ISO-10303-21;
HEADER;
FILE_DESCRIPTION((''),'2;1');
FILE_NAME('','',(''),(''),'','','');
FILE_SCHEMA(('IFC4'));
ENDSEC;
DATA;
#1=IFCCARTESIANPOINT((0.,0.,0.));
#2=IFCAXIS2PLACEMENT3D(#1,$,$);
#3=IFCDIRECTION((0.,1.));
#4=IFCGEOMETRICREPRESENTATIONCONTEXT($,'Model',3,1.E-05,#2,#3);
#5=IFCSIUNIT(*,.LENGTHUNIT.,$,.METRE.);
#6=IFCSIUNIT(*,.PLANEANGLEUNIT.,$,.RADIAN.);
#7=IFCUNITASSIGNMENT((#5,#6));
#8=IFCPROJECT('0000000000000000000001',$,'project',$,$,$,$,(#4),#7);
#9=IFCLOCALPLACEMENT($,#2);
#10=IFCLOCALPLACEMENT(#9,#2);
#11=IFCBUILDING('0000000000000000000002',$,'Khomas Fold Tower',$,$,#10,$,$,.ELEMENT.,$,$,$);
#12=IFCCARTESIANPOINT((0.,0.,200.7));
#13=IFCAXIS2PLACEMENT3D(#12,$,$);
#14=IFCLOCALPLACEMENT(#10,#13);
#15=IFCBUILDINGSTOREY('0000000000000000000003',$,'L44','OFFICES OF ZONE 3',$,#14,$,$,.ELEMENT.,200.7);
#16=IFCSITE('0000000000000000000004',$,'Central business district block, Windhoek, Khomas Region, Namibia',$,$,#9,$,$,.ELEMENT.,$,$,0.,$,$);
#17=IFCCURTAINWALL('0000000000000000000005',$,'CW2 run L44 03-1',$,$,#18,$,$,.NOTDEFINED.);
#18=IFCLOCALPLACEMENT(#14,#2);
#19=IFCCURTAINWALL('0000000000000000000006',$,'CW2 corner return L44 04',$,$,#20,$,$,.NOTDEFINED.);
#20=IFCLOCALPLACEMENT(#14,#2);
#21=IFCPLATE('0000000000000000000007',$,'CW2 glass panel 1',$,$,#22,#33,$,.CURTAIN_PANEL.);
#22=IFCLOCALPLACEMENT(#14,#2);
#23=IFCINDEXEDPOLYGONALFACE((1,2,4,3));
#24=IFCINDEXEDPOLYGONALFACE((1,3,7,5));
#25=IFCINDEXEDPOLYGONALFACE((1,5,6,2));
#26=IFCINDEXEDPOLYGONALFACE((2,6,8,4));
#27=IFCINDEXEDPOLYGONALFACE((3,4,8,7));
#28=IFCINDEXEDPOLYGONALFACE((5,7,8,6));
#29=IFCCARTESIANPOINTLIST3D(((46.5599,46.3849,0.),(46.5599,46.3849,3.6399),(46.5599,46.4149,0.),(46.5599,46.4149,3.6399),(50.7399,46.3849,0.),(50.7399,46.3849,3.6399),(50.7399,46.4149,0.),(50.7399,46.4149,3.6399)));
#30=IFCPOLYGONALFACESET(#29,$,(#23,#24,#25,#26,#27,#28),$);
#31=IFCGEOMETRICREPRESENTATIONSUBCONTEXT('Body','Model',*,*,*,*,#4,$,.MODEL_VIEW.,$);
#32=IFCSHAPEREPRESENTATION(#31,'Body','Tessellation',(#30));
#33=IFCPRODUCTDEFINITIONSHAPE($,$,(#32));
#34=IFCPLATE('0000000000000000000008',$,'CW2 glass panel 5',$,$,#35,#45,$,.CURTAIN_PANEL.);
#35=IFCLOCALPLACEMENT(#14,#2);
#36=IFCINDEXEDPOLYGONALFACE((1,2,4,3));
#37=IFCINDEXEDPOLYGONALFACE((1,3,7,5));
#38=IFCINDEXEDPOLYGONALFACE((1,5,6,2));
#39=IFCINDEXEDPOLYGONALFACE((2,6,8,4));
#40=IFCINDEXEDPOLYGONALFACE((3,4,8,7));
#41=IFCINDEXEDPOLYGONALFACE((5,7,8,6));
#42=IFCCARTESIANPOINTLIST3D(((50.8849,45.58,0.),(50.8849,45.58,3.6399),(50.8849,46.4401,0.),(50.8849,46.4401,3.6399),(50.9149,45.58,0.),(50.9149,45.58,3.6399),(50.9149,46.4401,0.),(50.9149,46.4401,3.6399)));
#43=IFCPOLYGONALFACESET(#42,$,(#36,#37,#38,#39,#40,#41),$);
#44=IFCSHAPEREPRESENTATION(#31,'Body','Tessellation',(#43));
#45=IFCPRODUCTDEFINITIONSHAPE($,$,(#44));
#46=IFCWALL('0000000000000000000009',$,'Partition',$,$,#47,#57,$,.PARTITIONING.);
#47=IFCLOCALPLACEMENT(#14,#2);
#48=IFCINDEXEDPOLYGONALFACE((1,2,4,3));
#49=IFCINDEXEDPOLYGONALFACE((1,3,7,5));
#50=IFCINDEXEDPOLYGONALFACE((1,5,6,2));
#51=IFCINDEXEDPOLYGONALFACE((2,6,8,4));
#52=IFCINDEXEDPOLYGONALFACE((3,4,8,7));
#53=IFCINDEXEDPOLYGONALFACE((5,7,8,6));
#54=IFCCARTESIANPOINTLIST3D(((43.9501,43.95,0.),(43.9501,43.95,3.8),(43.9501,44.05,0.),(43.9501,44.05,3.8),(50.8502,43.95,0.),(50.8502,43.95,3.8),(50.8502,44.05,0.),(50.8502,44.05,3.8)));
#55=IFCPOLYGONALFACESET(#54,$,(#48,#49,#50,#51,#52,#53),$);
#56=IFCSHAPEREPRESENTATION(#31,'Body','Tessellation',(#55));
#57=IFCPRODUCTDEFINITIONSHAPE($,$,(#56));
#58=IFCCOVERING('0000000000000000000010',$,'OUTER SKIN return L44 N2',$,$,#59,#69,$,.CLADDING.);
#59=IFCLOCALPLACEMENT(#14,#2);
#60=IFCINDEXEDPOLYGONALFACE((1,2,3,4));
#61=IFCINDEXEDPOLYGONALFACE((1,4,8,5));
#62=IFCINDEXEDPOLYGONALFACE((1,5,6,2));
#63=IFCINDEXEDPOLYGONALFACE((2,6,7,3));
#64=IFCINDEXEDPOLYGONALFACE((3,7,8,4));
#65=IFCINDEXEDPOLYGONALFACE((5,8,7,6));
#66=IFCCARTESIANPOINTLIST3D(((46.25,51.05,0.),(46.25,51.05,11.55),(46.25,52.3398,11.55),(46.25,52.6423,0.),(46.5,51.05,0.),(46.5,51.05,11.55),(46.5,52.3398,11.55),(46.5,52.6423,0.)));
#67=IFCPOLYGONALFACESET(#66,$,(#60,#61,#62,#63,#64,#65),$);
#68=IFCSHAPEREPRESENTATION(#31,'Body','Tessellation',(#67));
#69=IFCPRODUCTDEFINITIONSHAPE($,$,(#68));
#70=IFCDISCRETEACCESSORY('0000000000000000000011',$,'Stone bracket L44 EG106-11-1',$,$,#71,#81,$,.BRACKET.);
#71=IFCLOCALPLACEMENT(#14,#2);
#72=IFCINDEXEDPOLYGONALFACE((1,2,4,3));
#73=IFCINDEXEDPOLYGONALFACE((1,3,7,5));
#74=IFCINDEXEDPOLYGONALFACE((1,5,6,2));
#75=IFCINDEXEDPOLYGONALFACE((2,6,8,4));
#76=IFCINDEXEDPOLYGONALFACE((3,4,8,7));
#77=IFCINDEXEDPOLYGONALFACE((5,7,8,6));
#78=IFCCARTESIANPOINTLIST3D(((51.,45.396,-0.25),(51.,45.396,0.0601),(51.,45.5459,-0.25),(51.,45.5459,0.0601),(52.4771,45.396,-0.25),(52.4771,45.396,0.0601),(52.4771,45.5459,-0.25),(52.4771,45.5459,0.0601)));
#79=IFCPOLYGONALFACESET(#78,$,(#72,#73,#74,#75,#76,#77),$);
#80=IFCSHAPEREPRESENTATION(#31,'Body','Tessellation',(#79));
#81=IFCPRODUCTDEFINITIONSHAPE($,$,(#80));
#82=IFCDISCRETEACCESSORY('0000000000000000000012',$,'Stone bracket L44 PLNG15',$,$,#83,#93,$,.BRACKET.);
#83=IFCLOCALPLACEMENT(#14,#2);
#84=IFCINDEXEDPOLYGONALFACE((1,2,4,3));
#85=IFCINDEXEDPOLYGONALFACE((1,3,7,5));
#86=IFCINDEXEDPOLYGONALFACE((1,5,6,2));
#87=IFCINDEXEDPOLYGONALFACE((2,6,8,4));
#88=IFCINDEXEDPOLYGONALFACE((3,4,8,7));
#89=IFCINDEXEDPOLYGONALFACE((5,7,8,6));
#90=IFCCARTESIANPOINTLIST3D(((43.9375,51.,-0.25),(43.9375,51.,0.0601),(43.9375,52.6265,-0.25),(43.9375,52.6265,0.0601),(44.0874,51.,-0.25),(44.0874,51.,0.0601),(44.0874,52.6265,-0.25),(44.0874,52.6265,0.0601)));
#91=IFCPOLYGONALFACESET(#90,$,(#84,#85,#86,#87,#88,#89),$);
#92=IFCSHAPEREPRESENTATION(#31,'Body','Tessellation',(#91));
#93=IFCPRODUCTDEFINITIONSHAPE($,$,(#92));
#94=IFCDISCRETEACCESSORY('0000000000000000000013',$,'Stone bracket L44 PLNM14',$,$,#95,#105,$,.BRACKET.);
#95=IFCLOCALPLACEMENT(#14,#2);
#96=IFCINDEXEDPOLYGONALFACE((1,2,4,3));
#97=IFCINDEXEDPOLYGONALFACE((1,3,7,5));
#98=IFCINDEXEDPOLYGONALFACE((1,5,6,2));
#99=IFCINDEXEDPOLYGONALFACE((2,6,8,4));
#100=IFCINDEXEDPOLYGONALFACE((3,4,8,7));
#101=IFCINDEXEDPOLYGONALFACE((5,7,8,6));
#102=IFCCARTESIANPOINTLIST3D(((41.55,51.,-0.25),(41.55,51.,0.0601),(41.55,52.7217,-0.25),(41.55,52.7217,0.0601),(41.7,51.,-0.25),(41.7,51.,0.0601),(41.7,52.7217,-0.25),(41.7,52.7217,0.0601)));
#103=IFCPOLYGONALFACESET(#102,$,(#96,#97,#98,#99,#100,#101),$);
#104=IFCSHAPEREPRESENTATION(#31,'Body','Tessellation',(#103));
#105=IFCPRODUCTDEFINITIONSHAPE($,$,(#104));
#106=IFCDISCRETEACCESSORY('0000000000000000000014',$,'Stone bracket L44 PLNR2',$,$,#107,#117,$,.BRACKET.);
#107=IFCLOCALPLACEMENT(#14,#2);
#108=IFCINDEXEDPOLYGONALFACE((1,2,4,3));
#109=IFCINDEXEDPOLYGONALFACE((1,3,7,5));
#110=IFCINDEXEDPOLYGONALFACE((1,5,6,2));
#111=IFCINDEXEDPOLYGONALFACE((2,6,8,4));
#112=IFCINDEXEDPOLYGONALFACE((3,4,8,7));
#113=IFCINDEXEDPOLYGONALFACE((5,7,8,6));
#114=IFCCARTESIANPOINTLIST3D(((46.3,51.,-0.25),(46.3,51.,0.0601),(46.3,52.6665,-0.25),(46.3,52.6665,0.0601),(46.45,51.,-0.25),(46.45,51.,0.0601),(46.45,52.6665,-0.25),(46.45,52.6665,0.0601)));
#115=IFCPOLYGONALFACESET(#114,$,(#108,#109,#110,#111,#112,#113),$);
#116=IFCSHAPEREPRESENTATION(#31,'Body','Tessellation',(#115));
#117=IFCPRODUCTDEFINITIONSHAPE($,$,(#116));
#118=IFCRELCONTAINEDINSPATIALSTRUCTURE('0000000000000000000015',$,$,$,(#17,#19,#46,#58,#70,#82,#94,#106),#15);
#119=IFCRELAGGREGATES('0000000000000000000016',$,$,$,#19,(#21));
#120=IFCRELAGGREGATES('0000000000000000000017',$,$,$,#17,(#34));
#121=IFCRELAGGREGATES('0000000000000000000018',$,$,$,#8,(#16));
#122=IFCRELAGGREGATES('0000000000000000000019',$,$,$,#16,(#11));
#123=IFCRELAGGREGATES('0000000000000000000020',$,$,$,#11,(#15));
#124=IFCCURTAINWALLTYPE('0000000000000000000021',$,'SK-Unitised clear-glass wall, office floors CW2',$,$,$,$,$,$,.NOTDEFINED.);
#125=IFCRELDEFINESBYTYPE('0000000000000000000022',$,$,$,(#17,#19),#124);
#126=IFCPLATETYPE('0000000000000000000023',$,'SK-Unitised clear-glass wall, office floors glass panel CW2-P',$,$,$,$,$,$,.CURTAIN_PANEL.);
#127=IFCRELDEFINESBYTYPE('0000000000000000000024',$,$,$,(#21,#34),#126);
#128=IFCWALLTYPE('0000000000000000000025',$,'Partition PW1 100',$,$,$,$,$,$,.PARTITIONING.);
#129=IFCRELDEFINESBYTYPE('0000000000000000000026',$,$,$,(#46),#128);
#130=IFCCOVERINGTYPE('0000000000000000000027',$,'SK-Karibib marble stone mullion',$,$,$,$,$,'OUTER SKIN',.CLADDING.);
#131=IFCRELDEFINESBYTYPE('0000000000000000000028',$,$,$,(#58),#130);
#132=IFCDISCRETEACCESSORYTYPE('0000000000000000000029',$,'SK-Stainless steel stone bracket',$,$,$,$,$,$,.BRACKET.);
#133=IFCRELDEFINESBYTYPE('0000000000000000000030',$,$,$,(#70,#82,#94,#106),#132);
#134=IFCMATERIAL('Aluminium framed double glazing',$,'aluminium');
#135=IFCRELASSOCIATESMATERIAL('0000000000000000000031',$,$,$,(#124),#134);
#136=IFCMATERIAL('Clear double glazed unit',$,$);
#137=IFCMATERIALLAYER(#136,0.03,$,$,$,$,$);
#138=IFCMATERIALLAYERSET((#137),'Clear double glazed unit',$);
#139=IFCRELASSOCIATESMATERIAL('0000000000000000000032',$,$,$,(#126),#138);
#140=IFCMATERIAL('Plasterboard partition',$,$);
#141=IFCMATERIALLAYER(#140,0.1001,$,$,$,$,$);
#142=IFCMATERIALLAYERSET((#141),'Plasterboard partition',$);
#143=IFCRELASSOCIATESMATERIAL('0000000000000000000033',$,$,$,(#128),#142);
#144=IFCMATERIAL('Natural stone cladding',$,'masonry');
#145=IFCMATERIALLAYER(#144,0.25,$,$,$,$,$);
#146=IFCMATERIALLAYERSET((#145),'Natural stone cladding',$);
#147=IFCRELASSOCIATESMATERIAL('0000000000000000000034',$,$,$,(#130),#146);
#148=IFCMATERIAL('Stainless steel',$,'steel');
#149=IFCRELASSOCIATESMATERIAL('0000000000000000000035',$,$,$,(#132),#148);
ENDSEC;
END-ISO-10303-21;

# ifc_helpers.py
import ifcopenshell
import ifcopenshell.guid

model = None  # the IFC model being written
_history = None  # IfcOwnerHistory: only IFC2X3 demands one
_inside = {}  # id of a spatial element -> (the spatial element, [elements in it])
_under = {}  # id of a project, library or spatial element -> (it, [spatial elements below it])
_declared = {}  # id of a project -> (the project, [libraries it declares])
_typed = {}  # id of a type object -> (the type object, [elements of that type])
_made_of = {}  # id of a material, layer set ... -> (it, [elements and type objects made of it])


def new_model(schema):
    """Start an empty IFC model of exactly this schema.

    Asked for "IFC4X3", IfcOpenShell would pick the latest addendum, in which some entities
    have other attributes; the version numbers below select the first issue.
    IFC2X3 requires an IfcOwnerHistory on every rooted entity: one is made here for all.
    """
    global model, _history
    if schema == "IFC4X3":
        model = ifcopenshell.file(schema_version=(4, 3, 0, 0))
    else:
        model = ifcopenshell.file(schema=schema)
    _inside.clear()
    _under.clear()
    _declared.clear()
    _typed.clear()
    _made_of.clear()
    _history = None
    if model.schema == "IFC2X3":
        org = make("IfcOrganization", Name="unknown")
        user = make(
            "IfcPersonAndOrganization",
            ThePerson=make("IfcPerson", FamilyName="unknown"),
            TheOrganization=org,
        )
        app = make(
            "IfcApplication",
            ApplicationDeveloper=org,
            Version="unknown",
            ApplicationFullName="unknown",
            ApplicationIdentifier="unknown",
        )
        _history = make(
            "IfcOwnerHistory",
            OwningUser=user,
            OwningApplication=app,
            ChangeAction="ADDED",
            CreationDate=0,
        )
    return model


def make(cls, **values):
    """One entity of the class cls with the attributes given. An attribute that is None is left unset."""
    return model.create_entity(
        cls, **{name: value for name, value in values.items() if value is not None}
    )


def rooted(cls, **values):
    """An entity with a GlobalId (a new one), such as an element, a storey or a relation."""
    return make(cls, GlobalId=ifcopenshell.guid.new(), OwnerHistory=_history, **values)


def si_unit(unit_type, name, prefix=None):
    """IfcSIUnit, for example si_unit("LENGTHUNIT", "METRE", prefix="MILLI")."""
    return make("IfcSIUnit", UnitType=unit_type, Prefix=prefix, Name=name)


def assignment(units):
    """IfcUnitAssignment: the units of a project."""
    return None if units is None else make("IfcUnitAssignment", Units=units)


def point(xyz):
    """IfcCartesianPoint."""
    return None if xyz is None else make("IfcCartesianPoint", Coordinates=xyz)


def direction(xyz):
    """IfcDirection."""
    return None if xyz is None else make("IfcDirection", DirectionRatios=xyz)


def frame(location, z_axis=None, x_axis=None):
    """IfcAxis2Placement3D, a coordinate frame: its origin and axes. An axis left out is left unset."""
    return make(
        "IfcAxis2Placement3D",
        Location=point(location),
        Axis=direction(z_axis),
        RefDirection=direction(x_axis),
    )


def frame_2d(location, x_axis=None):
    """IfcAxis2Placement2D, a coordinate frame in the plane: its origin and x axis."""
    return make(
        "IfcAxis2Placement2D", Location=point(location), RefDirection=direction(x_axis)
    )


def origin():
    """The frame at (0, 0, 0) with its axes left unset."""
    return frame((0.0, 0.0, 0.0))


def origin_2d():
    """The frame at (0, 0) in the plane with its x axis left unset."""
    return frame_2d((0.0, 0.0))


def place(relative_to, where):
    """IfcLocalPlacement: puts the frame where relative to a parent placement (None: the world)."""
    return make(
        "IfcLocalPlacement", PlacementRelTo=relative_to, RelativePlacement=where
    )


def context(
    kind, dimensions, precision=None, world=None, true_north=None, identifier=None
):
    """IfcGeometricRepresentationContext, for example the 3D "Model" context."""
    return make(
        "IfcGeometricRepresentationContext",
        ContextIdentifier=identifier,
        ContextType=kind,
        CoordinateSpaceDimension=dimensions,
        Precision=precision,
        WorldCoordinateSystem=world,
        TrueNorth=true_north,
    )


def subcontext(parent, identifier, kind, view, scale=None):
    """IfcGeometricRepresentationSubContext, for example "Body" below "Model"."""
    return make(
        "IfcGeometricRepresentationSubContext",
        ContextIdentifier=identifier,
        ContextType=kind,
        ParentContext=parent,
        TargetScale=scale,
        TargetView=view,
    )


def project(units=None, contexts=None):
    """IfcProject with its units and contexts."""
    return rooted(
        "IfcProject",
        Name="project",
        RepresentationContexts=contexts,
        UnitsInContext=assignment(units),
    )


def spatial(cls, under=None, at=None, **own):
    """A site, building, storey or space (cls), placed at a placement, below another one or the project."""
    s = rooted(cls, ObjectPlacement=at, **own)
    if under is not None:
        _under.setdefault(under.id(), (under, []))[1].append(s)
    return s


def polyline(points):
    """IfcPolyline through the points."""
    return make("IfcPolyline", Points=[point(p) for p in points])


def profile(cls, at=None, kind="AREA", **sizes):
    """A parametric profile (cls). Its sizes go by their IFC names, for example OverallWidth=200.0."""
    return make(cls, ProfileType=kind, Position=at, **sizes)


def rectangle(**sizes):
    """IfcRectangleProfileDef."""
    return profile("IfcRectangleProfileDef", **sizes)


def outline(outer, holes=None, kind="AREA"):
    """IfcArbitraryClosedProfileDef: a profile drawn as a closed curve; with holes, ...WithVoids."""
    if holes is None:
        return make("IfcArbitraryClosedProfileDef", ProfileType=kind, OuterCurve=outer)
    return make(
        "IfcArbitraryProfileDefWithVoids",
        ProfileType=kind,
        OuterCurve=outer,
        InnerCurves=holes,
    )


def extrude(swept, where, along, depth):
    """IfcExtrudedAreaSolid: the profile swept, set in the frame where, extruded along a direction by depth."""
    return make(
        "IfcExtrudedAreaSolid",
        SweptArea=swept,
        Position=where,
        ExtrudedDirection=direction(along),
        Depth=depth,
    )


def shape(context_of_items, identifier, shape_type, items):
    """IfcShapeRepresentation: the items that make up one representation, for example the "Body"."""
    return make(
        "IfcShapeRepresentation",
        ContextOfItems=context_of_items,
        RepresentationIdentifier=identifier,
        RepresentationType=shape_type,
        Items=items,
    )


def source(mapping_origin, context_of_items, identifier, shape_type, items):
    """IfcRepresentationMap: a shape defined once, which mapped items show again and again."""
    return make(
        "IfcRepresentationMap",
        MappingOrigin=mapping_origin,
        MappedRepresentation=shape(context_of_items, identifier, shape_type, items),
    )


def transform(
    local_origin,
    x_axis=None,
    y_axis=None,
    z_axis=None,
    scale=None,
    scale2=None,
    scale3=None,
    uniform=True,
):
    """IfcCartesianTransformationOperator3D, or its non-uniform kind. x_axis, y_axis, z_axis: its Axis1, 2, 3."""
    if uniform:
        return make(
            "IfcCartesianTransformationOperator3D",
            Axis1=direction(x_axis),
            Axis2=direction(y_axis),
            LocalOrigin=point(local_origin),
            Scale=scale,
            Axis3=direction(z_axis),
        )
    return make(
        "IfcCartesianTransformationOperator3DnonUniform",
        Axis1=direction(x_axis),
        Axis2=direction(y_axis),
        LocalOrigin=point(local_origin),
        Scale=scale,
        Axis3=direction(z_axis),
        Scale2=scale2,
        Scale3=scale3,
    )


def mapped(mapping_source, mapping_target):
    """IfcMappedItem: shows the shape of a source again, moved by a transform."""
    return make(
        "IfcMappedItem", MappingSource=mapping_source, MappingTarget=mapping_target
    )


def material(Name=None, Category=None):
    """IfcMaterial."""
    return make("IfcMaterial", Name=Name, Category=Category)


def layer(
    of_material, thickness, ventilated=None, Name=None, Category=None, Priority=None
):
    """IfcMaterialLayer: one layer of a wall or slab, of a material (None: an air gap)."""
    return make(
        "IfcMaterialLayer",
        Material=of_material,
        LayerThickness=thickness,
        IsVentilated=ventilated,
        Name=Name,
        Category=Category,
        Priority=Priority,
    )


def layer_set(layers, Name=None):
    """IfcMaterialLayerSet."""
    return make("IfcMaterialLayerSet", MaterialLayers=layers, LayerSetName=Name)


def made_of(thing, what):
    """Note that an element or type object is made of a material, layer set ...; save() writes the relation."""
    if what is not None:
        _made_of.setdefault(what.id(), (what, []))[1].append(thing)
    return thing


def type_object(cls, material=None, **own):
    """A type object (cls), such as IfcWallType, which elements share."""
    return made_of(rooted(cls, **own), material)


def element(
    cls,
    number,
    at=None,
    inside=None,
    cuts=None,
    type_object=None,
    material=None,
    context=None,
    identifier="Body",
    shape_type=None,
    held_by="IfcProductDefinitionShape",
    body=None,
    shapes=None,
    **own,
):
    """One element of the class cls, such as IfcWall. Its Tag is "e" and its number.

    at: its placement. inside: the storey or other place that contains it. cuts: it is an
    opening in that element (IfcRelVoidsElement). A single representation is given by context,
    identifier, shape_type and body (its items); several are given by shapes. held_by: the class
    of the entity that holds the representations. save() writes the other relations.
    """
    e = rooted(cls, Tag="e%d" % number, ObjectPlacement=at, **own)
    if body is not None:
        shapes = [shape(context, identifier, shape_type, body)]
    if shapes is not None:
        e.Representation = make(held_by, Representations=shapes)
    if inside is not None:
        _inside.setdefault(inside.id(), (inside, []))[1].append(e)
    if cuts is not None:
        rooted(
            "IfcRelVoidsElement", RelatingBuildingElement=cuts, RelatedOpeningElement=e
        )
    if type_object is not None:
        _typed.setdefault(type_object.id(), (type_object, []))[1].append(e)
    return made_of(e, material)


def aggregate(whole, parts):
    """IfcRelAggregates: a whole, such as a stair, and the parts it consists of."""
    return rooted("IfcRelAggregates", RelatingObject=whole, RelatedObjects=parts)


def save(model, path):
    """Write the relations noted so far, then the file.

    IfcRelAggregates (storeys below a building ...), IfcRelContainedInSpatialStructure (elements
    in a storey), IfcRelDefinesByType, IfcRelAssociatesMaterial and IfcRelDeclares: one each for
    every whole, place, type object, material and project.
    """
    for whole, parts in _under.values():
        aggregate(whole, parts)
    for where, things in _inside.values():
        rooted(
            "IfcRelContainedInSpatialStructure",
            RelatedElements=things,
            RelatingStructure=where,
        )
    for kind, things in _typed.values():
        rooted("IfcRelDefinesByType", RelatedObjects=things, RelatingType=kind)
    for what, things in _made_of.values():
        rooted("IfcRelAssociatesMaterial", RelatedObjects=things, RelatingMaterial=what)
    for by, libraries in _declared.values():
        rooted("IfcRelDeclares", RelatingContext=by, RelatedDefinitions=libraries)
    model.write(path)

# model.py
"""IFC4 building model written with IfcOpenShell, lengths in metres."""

from ifc_helpers import new_model, si_unit, direction, frame, frame_2d, origin, origin_2d, place, context, subcontext, project, spatial, polyline, rectangle, outline, extrude, source, transform, mapped, material, layer, layer_set, type_object, element, aggregate, save


model = new_model("IFC4")

# Units and contexts
model_context = context("Model", 3, precision=1e-05, world=origin(), true_north=direction((0.0, 1.0)))
body_context = subcontext(model_context, "Body", "Model", "MODEL_VIEW")
ifc_project = project(units=[si_unit("LENGTHUNIT", "METRE"), si_unit("PLANEANGLEUNIT", "RADIAN")], contexts=[model_context])

# Site, building, storey
site_placement = place(None, origin())
site = spatial("IfcSite", under=ifc_project, at=site_placement, Name="Central business district block, Windhoek, Khomas Region, Namibia", CompositionType="ELEMENT", RefElevation=0.0)
building_placement = place(site_placement, origin())
building = spatial("IfcBuilding", under=site, at=building_placement, Name="Khomas Fold Tower", CompositionType="ELEMENT")
storey_placement = place(building_placement, frame((0.0, 0.0, 200.7)))
storey = spatial("IfcBuildingStorey", under=building, at=storey_placement, Name="L44", Description="OFFICES OF ZONE 3", CompositionType="ELEMENT", Elevation=200.7)

# Curtain walls
ifc_material_1 = material(Name="Aluminium framed double glazing", Category="aluminium")
curtain_wall_type = type_object("IfcCurtainWallType", Name="SK-Unitised clear-glass wall, office floors CW2", PredefinedType="NOTDEFINED", material=ifc_material_1)
curtain_wall_1_placement = place(storey_placement, origin())
curtain_wall_1 = element("IfcCurtainWall", 1, at=curtain_wall_1_placement, inside=storey, type_object=curtain_wall_type, Name="CW2 run L44 03-1", PredefinedType="NOTDEFINED")
curtain_wall_2_placement = place(storey_placement, origin())
curtain_wall_2 = element("IfcCurtainWall", 2, at=curtain_wall_2_placement, inside=storey, type_object=curtain_wall_type, Name="CW2 corner return L44 04", PredefinedType="NOTDEFINED")

# Plates
ifc_material_2 = material(Name="Clear double glazed unit")
ifc_layer_1 = layer(ifc_material_2, 0.03)
ifc_layer_set_1 = layer_set([ifc_layer_1], Name="Clear double glazed unit")
plate_type_1 = type_object("IfcPlateType", Name="SK-Unitised clear-glass wall, office floors glass panel CW2-P", PredefinedType="CURTAIN_PANEL", material=ifc_layer_set_1)
shared_shape_1 = source(origin(), body_context, "Body", "SweptSolid", [
    extrude(rectangle(XDim=4.1799, YDim=0.03, at=origin_2d()), origin(), (0.0, 0.0, 1.0), 3.6399),
])
plate_1_placement = place(storey_placement, frame((48.6499, 46.3999, 0.0), z_axis=(0.0, 0.0, 1.0), x_axis=(-1.0, 0.0, 0.0)))
plate_1 = element("IfcPlate", 3, at=plate_1_placement, type_object=plate_type_1, Name="CW2 glass panel 1", PredefinedType="CURTAIN_PANEL", context=body_context, shape_type="MappedRepresentation", body=[
    mapped(shared_shape_1, transform((0.0, 0.0, 0.0))),
])
aggregate(curtain_wall_2, [plate_1])
shared_shape_2 = source(origin(), body_context, "Body", "SweptSolid", [
    extrude(rectangle(XDim=0.8601, YDim=0.03, at=origin_2d()), origin(), (0.0, 0.0, 1.0), 3.6399),
])
plate_2_placement = place(storey_placement, frame((50.8999, 46.01, 0.0), z_axis=(0.0, 0.0, 1.0), x_axis=(0.0, 1.0, 0.0)))
plate_2 = element("IfcPlate", 4, at=plate_2_placement, type_object=plate_type_1, Name="CW2 glass panel 5", PredefinedType="CURTAIN_PANEL", context=body_context, shape_type="MappedRepresentation", body=[
    mapped(shared_shape_2, transform((0.0, 0.0, 0.0))),
])
aggregate(curtain_wall_1, [plate_2])

# Wall
ifc_material_3 = material(Name="Plasterboard partition")
ifc_layer_2 = layer(ifc_material_3, 0.1001)
ifc_layer_set_2 = layer_set([ifc_layer_2], Name="Plasterboard partition")
wall_type = type_object("IfcWallType", Name="Partition PW1 100", PredefinedType="PARTITIONING", material=ifc_layer_set_2)
shared_shape_3 = source(origin(), body_context, "Body", "SweptSolid", [
    extrude(rectangle(XDim=6.9001, YDim=0.1001, at=frame_2d((3.4502, 0.0))), origin(), (0.0, 0.0, 1.0), 3.8),
])
wall_placement = place(storey_placement, frame((43.95, 44.0, 0.0), z_axis=(0.0, 0.0, 1.0), x_axis=(1.0, 0.0, 0.0)))
element("IfcWall", 5, at=wall_placement, inside=storey, type_object=wall_type, Name="Partition", PredefinedType="PARTITIONING", context=body_context, shape_type="MappedRepresentation", body=[
    mapped(shared_shape_3, transform((0.0, 0.0, 0.0))),
])

# Covering
ifc_material_4 = material(Name="Natural stone cladding", Category="masonry")
ifc_layer_3 = layer(ifc_material_4, 0.25)
ifc_layer_set_3 = layer_set([ifc_layer_3], Name="Natural stone cladding")
covering_type = type_object("IfcCoveringType", Name="SK-Karibib marble stone mullion", ElementType="OUTER SKIN", PredefinedType="CLADDING", material=ifc_layer_set_3)
covering_placement = place(storey_placement, frame((46.5, 51.05, 0.0), z_axis=(1.0, 0.0, 0.0), x_axis=(0.0, 1.0, 0.0)))
element("IfcCovering", 6, at=covering_placement, inside=storey, type_object=covering_type, Name="OUTER SKIN return L44 N2", PredefinedType="CLADDING", context=body_context, shape_type="SweptSolid", body=[
    extrude(outline(polyline([(0.0, 0.0), (1.5923, 0.0), (1.2898, 11.55), (0.0, 11.55), (0.0, 0.0)])), origin(), (0.0, 0.0, -1.0), 0.25),
])

# Discrete accessories
ifc_material_5 = material(Name="Stainless steel", Category="steel")
discrete_accessory_type = type_object("IfcDiscreteAccessoryType", Name="SK-Stainless steel stone bracket", PredefinedType="BRACKET", material=ifc_material_5)
shared_shape_4 = source(origin(), body_context, "Body", "SweptSolid", [
    extrude(rectangle(XDim=1.4771, YDim=0.1499, at=origin_2d()), origin(), (0.0, 0.0, 1.0), 0.3101),
])
discrete_accessory_1_placement = place(storey_placement, frame((51.7385, 45.4709, -0.25), z_axis=(0.0, 0.0, 1.0), x_axis=(1.0, 0.0, 0.0)))
element("IfcDiscreteAccessory", 7, at=discrete_accessory_1_placement, inside=storey, type_object=discrete_accessory_type, Name="Stone bracket L44 EG106-11-1", PredefinedType="BRACKET", context=body_context, shape_type="MappedRepresentation", body=[
    mapped(shared_shape_4, transform((0.0, 0.0, 0.0))),
])
shared_shape_5 = source(origin(), body_context, "Body", "SweptSolid", [
    extrude(rectangle(XDim=1.6265, YDim=0.1499, at=origin_2d()), origin(), (0.0, 0.0, 1.0), 0.3101),
])
discrete_accessory_2_placement = place(storey_placement, frame((44.0125, 51.8132, -0.25), z_axis=(0.0, 0.0, 1.0), x_axis=(0.0, 1.0, 0.0)))
element("IfcDiscreteAccessory", 8, at=discrete_accessory_2_placement, inside=storey, type_object=discrete_accessory_type, Name="Stone bracket L44 PLNG15", PredefinedType="BRACKET", context=body_context, shape_type="MappedRepresentation", body=[
    mapped(shared_shape_5, transform((0.0, 0.0, 0.0))),
])
shared_shape_6 = source(origin(), body_context, "Body", "SweptSolid", [
    extrude(rectangle(XDim=1.7217, YDim=0.1499, at=origin_2d()), origin(), (0.0, 0.0, 1.0), 0.3101),
])
discrete_accessory_3_placement = place(storey_placement, frame((41.625, 51.8608, -0.25), z_axis=(0.0, 0.0, 1.0), x_axis=(0.0, 1.0, 0.0)))
element("IfcDiscreteAccessory", 9, at=discrete_accessory_3_placement, inside=storey, type_object=discrete_accessory_type, Name="Stone bracket L44 PLNM14", PredefinedType="BRACKET", context=body_context, shape_type="MappedRepresentation", body=[
    mapped(shared_shape_6, transform((0.0, 0.0, 0.0))),
])
shared_shape_7 = source(origin(), body_context, "Body", "SweptSolid", [
    extrude(rectangle(XDim=1.6665, YDim=0.1499, at=origin_2d()), origin(), (0.0, 0.0, 1.0), 0.3101),
])
discrete_accessory_4_placement = place(storey_placement, frame((46.375, 51.8333, -0.25), z_axis=(0.0, 0.0, 1.0), x_axis=(0.0, 1.0, 0.0)))
element("IfcDiscreteAccessory", 10, at=discrete_accessory_4_placement, inside=storey, type_object=discrete_accessory_type, Name="Stone bracket L44 PLNR2", PredefinedType="BRACKET", context=body_context, shape_type="MappedRepresentation", body=[
    mapped(shared_shape_7, transform((0.0, 0.0, 0.0))),
])

save(model, "model.ifc")
